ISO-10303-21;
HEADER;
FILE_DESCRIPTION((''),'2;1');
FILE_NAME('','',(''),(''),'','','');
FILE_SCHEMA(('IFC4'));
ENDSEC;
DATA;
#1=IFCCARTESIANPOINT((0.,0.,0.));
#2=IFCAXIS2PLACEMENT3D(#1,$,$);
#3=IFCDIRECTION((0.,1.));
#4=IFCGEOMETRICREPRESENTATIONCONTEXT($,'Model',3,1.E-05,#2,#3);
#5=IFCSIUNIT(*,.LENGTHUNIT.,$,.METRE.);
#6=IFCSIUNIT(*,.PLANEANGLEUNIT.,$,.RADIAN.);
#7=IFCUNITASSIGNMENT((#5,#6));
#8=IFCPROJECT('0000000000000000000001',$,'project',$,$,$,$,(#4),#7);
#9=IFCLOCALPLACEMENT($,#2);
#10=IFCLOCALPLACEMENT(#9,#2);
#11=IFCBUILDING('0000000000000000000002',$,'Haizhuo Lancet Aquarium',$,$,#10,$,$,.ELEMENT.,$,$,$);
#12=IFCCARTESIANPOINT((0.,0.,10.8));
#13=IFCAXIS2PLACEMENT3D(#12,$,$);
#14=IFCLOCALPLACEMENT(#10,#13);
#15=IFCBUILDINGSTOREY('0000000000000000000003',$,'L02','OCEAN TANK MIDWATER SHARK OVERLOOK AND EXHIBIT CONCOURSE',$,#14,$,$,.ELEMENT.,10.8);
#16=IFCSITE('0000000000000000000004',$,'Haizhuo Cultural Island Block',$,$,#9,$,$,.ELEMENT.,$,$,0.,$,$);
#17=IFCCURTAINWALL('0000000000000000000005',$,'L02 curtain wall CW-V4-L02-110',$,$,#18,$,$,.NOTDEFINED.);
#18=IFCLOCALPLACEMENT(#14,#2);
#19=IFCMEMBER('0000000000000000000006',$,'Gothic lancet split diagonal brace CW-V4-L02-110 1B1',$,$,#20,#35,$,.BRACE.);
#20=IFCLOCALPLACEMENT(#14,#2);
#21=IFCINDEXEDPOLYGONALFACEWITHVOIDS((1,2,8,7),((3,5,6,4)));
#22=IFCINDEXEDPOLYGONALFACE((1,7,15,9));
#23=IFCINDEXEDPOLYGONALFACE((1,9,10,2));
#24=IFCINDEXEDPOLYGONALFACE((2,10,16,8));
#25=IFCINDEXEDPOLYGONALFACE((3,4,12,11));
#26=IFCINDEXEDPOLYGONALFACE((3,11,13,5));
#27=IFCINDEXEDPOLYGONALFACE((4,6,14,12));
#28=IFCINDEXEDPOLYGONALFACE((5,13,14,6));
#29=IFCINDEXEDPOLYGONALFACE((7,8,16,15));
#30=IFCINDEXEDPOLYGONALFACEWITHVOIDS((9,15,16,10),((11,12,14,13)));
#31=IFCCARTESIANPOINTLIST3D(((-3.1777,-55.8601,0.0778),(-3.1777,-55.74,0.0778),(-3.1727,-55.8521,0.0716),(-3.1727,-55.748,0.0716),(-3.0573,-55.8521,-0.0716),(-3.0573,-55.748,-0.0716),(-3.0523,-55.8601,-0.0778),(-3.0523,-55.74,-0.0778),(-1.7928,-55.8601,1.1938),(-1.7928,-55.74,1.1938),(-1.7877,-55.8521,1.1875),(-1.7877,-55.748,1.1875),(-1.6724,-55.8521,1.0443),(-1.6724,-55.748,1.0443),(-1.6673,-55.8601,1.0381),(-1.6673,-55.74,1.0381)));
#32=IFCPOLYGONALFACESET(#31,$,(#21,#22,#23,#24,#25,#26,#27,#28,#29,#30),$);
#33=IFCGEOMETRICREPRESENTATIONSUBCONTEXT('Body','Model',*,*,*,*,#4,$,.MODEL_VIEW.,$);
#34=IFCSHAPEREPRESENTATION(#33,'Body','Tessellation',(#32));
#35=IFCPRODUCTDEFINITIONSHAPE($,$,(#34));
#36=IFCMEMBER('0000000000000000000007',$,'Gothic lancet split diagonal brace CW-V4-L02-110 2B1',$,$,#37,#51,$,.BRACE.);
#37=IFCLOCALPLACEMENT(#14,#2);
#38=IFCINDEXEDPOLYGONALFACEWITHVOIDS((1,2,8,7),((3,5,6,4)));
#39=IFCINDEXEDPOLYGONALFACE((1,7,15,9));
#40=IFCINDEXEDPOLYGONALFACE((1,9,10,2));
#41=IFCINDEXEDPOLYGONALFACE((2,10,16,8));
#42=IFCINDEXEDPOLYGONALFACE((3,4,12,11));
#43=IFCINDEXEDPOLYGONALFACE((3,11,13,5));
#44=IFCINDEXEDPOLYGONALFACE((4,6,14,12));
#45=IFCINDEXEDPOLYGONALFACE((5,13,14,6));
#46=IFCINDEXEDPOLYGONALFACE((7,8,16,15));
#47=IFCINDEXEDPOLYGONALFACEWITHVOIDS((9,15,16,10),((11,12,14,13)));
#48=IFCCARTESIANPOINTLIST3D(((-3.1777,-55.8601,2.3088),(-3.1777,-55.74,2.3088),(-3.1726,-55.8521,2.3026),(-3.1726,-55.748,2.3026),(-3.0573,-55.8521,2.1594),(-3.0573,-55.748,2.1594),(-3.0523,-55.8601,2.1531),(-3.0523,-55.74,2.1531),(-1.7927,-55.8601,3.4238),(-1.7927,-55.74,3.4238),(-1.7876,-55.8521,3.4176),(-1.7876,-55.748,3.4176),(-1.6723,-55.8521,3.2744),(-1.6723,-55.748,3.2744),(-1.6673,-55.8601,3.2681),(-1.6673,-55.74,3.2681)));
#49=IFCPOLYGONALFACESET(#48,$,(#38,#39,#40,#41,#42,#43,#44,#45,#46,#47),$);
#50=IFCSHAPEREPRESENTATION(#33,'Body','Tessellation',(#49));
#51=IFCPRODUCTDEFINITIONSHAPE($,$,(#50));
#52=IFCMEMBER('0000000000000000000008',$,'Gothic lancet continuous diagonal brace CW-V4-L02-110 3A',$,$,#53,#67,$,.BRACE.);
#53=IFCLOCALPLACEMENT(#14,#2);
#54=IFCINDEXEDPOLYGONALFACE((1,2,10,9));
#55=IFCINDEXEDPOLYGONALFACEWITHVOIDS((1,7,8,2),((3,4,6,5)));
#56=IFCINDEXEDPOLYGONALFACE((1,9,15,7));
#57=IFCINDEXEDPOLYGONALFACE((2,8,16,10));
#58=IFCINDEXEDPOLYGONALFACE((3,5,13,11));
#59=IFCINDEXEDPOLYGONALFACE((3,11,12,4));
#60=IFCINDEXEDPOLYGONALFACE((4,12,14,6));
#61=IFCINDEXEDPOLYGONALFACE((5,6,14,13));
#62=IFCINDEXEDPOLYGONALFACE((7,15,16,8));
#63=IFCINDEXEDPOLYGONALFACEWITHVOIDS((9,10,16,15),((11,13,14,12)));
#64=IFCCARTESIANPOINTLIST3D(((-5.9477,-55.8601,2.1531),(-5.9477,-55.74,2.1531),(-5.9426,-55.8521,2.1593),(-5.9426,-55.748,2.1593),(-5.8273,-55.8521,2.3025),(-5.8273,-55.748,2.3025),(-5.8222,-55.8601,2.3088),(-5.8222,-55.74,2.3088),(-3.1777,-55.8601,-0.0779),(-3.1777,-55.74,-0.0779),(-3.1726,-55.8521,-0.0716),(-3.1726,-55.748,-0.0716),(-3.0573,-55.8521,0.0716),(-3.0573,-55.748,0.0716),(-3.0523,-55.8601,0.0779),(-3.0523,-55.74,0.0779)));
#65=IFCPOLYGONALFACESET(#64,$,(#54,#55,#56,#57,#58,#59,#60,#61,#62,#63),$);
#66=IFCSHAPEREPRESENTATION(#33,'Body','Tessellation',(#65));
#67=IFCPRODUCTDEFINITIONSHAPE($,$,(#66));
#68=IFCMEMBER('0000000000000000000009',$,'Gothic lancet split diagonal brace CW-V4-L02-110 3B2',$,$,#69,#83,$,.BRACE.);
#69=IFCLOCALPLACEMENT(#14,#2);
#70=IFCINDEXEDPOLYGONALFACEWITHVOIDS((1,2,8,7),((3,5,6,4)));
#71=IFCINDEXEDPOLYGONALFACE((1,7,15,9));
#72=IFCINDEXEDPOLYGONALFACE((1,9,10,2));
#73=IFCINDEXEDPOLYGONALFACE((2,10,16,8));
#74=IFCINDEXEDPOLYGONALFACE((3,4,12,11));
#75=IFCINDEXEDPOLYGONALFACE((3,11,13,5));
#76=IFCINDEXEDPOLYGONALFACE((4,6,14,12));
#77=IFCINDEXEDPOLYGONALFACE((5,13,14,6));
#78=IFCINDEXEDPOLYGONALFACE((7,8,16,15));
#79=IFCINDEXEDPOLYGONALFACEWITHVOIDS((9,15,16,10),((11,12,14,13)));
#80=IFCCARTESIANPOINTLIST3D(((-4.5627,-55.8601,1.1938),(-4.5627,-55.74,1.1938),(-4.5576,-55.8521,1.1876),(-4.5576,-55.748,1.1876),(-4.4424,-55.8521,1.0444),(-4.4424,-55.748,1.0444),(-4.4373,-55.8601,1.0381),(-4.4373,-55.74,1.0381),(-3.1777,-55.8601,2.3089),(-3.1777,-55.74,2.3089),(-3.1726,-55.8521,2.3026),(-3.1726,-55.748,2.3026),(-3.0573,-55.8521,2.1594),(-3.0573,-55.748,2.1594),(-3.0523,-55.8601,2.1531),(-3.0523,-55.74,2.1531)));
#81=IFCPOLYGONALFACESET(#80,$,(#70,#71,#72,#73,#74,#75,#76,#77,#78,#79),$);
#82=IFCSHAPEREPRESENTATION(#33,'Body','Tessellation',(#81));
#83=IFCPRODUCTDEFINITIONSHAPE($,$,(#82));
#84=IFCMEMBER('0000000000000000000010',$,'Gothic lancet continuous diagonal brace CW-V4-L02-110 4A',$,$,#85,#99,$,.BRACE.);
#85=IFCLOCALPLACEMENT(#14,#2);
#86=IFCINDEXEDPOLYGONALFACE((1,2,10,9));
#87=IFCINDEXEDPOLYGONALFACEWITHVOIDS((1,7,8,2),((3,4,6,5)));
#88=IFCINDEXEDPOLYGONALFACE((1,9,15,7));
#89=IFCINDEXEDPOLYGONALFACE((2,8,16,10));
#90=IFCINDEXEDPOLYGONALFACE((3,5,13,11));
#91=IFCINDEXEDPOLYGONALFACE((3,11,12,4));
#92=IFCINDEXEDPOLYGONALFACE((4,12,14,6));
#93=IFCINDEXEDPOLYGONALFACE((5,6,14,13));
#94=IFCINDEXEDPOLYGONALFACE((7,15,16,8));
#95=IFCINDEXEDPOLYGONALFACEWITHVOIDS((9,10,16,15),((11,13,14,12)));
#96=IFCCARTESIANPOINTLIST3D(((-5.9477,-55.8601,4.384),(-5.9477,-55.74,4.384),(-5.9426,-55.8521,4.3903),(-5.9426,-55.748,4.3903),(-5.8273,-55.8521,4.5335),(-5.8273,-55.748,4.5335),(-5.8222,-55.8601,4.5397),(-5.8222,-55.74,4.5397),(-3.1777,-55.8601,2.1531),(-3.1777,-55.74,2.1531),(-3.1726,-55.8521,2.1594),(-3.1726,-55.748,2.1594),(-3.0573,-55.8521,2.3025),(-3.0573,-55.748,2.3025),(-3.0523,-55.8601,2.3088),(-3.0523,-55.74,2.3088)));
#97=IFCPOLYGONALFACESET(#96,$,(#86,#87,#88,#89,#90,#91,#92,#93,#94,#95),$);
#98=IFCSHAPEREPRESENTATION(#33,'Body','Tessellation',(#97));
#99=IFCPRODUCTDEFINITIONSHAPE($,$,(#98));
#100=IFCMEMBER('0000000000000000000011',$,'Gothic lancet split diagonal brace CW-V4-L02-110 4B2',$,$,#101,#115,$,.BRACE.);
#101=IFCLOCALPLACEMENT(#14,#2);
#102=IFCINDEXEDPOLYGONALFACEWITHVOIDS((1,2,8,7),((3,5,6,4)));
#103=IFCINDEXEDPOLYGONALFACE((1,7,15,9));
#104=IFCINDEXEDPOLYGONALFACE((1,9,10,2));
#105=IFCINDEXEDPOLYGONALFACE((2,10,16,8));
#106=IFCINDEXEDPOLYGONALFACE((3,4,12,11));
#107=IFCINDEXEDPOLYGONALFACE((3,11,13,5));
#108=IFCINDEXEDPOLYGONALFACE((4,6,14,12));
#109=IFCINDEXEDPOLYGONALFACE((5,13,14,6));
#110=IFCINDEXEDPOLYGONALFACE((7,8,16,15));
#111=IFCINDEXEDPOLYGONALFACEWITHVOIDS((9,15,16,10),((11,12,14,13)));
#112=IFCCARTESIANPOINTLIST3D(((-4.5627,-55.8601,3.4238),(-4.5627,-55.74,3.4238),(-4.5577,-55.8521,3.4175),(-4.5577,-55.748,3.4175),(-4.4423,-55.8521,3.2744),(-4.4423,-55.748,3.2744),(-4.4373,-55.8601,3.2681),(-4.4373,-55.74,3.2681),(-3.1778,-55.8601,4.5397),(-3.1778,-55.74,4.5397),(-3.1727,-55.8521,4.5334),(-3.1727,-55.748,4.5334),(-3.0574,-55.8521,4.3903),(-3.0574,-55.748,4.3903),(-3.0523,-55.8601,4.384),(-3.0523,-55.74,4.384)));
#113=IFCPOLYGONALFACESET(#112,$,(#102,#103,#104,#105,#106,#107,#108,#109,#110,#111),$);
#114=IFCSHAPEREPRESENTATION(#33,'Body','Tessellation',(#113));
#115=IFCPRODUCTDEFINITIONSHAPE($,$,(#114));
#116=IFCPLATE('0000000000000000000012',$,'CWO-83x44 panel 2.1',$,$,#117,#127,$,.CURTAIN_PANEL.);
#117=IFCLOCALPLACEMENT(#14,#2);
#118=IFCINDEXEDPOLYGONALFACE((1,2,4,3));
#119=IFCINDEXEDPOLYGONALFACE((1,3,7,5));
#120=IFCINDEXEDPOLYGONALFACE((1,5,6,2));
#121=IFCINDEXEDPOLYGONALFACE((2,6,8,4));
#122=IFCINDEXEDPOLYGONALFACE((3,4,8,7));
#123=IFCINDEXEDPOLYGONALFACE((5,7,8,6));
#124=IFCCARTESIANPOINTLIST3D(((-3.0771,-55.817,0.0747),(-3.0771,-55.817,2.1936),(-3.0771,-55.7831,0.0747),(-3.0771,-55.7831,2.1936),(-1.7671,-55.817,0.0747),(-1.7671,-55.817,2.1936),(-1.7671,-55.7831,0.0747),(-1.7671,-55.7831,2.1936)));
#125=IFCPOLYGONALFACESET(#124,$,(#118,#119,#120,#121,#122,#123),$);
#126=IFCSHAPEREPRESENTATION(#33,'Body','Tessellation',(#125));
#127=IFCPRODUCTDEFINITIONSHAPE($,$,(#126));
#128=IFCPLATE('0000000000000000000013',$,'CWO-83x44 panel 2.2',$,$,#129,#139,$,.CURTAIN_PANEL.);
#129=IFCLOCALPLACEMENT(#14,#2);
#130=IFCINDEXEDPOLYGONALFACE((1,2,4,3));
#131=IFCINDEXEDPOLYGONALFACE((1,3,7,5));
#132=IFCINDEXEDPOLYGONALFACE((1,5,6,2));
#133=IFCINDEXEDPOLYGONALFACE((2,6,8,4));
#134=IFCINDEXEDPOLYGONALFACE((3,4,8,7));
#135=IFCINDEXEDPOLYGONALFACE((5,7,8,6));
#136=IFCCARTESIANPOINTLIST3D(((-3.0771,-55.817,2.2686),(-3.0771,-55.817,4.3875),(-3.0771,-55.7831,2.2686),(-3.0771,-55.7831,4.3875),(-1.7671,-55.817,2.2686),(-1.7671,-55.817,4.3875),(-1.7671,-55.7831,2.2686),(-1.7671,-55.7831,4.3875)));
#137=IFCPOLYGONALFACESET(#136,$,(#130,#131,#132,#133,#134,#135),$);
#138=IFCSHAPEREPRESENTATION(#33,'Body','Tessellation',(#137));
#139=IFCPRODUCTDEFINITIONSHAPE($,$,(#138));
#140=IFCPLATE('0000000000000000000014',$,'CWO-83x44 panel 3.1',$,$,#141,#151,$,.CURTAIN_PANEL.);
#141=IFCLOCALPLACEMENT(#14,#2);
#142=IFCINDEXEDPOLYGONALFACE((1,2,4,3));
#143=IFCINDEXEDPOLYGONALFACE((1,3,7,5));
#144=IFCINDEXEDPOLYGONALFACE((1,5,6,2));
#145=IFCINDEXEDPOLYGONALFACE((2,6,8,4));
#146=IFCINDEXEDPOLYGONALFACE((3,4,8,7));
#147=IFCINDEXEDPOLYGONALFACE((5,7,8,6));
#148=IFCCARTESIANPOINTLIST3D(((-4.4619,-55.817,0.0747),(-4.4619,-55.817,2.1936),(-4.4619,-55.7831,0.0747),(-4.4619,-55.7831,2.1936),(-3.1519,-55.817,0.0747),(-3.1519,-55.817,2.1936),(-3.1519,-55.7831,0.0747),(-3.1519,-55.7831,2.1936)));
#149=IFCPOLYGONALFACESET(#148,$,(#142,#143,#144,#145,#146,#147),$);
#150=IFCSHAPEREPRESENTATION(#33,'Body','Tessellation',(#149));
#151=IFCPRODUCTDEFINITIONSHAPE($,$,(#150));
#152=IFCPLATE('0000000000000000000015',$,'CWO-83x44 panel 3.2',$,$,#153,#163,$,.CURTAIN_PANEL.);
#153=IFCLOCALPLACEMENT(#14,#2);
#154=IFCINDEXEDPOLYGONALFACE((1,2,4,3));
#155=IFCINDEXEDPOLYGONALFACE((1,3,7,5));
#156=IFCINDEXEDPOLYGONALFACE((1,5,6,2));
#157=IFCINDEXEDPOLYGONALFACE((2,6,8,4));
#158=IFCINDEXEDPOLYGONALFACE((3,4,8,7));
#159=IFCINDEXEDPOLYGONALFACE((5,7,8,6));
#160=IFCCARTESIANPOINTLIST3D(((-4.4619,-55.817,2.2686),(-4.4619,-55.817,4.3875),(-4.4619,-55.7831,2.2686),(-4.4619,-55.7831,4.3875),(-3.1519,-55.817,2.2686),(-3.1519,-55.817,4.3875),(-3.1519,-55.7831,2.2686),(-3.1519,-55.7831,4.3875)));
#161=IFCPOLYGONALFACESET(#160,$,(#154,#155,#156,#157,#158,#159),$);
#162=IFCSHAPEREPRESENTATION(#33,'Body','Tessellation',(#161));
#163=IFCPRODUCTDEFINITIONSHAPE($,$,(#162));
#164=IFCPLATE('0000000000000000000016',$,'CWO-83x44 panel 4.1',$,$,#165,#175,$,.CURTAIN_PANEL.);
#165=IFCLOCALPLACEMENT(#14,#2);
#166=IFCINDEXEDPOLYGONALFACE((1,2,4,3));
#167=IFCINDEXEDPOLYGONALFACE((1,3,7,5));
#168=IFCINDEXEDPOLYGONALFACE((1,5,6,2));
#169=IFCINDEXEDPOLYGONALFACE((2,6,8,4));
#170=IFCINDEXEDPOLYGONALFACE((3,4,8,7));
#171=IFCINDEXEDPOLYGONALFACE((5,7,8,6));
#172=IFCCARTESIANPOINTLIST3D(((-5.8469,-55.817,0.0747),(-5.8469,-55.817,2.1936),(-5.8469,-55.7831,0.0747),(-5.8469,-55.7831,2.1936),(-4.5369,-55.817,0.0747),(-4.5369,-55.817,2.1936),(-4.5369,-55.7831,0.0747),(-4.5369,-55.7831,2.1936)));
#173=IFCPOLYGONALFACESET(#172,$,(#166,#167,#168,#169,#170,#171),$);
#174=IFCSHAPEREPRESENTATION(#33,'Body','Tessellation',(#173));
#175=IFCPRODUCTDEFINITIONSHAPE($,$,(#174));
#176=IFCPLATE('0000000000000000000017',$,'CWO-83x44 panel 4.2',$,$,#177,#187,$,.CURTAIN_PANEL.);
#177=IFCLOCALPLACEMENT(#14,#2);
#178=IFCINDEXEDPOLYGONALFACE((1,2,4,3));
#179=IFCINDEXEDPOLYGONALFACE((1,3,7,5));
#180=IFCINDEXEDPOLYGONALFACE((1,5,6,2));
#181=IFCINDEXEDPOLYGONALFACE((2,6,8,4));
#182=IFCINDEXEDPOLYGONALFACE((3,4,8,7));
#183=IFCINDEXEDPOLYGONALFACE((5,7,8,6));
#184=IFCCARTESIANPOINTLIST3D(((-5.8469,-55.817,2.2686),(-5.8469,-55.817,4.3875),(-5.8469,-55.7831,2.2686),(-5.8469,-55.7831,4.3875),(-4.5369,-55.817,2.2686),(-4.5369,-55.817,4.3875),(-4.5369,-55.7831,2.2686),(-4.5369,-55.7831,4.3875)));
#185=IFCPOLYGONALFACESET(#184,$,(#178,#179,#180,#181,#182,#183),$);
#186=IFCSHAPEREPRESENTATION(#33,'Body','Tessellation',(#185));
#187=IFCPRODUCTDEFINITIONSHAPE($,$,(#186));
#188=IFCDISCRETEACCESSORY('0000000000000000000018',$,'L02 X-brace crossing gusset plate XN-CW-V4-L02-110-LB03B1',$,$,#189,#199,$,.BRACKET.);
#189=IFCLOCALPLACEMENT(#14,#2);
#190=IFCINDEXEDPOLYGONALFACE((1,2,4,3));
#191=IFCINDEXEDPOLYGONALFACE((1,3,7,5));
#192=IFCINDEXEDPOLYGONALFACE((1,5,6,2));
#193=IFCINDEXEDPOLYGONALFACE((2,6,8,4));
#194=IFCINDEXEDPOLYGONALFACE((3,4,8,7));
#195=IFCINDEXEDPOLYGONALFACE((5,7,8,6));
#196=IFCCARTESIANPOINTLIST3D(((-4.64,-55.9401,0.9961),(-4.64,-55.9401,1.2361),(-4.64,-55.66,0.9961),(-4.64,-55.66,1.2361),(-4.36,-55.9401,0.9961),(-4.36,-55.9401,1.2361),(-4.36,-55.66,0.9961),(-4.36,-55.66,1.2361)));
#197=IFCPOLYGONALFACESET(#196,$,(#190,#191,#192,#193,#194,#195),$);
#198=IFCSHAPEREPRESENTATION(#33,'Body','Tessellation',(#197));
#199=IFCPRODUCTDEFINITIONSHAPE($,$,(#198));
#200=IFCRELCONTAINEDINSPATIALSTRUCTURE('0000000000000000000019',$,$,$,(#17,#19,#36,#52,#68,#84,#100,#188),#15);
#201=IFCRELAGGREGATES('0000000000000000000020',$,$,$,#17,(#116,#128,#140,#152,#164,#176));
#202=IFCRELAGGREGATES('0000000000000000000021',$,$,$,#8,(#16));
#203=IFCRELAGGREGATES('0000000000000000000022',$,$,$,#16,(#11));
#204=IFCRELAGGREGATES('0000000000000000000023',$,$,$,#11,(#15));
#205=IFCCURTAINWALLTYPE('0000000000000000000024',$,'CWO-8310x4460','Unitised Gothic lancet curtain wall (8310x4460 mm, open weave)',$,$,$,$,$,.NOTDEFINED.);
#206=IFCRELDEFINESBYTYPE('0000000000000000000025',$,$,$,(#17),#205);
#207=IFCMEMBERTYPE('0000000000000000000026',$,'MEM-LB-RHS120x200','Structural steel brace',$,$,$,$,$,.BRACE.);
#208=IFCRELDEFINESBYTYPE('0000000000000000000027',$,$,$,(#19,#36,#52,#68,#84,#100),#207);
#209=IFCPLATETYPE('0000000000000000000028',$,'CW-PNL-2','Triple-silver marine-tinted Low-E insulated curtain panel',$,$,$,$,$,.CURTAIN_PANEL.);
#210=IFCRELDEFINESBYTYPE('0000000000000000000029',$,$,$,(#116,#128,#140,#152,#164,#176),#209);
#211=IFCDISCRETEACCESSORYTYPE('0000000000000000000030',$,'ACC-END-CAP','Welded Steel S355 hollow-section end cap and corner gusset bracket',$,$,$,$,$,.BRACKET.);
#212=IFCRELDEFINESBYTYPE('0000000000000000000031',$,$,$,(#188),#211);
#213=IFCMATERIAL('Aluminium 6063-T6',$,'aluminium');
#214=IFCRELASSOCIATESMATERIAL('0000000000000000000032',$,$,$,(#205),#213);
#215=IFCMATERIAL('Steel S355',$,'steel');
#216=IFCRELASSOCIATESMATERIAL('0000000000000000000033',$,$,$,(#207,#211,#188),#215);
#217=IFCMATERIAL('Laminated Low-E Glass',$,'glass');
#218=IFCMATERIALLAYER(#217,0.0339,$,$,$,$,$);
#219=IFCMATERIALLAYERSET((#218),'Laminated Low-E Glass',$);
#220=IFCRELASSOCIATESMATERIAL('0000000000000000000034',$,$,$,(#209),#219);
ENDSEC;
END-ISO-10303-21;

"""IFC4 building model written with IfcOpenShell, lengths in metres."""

from ifc_helpers import new_model, si_unit, direction, frame, origin, origin_2d, place, context, subcontext, project, spatial, rectangle, hollow_rectangle, extrude, material, layer, layer_set, material_profile, profile_set, type_object, element, aggregate, save


model = new_model("IFC4")

# Units and contexts
model_context = context("Model", 3, precision=1e-05, world=origin(), true_north=direction((0.0, 1.0)))
body_context = subcontext(model_context, "Body", "Model", "MODEL_VIEW")
ifc_project = project(units=[si_unit("LENGTHUNIT", "METRE"), si_unit("PLANEANGLEUNIT", "RADIAN")], contexts=[model_context])

# Site, building, storey
site_placement = place(None, origin())
site = spatial("IfcSite", under=ifc_project, at=site_placement, Name="Haizhuo Cultural Island Block", CompositionType="ELEMENT", RefElevation=0.0)
building_placement = place(site_placement, origin())
building = spatial("IfcBuilding", under=site, at=building_placement, Name="Haizhuo Lancet Aquarium", CompositionType="ELEMENT")
storey_placement = place(building_placement, frame((0.0, 0.0, 10.8)))
storey = spatial("IfcBuildingStorey", under=building, at=storey_placement, Name="L02", Description="OCEAN TANK MIDWATER SHARK OVERLOOK AND EXHIBIT CONCOURSE", CompositionType="ELEMENT", Elevation=10.8)

# Curtain wall
ifc_material_1 = material(Name="Aluminium 6063-T6", Category="aluminium")
curtain_wall_type = type_object("IfcCurtainWallType", Name="CWO-8310x4460", Description="Unitised Gothic lancet curtain wall (8310x4460 mm, open weave)", PredefinedType="NOTDEFINED", material=ifc_material_1)
curtain_wall_placement = place(storey_placement, origin())
curtain_wall = element("IfcCurtainWall", 1, at=curtain_wall_placement, inside=storey, type_object=curtain_wall_type, Name="L02 curtain wall CW-V4-L02-110", PredefinedType="NOTDEFINED")

# Members
ifc_material_2 = material(Name="Steel S355", Category="steel")
ifc_material_profile_1 = material_profile(ifc_material_2, hollow_rectangle(XDim=0.1201, YDim=0.2, WallThickness=0.0081, at=origin_2d()), Name="RHS 120x200x8")
ifc_profile_set_1 = profile_set([ifc_material_profile_1], Name="Steel S355")
member_type_1 = type_object("IfcMemberType", Name="MEM-LB-RHS120x200", Description="Structural steel brace", PredefinedType="BRACE", material=ifc_profile_set_1)
member_1_placement = place(storey_placement, frame((-3.115, -55.8, 0.0), z_axis=(0.778681, 0.0, 0.62742), x_axis=(0.0, 1.0, 0.0)))
element("IfcMember", 2, at=member_1_placement, inside=storey, type_object=member_type_1, Name="Gothic lancet split diagonal brace CW-V4-L02-110 1B1", PredefinedType="BRACE", context=body_context, shape_type="SweptSolid", body=[
    extrude(hollow_rectangle(XDim=0.1201, YDim=0.2, WallThickness=0.0081, at=origin_2d()), origin(), (0.0, 0.0, 1.0), 1.7786),
])
member_2_placement = place(storey_placement, frame((-3.115, -55.8, 2.231), z_axis=(0.77895, 0.0, 0.627087), x_axis=(0.0, 1.0, 0.0)))
element("IfcMember", 3, at=member_2_placement, inside=storey, type_object=member_type_1, Name="Gothic lancet split diagonal brace CW-V4-L02-110 2B1", PredefinedType="BRACE", context=body_context, shape_type="SweptSolid", body=[
    extrude(hollow_rectangle(XDim=0.1201, YDim=0.2, WallThickness=0.0081, at=origin_2d()), origin(), (0.0, 0.0, 1.0), 1.7781),
])
member_3_placement = place(storey_placement, frame((-3.115, -55.8, 0.0), z_axis=(-0.778815, 0.0, 0.627253), x_axis=(0.0, -1.0, 0.0)))
element("IfcMember", 4, at=member_3_placement, inside=storey, type_object=member_type_1, Name="Gothic lancet continuous diagonal brace CW-V4-L02-110 3A", PredefinedType="BRACE", context=body_context, shape_type="SweptSolid", body=[
    extrude(hollow_rectangle(XDim=0.1201, YDim=0.2, WallThickness=0.0081, at=origin_2d()), origin(), (0.0, 0.0, 1.0), 3.5566),
])
member_4_placement = place(storey_placement, frame((-4.5, -55.8, 1.116), z_axis=(0.77895, 0.0, 0.627087), x_axis=(0.0, 1.0, 0.0)))
element("IfcMember", 5, at=member_4_placement, inside=storey, type_object=member_type_1, Name="Gothic lancet split diagonal brace CW-V4-L02-110 3B2", PredefinedType="BRACE", context=body_context, shape_type="SweptSolid", body=[
    extrude(hollow_rectangle(XDim=0.1201, YDim=0.2, WallThickness=0.0081, at=origin_2d()), origin(), (0.0, 0.0, 1.0), 1.7781),
])
member_5_placement = place(storey_placement, frame((-3.115, -55.8, 2.231), z_axis=(-0.778815, 0.0, 0.627253), x_axis=(0.0, -1.0, 0.0)))
element("IfcMember", 6, at=member_5_placement, inside=storey, type_object=member_type_1, Name="Gothic lancet continuous diagonal brace CW-V4-L02-110 4A", PredefinedType="BRACE", context=body_context, shape_type="SweptSolid", body=[
    extrude(hollow_rectangle(XDim=0.1201, YDim=0.2, WallThickness=0.0081, at=origin_2d()), origin(), (0.0, 0.0, 1.0), 3.5566),
])
member_6_placement = place(storey_placement, frame((-4.5, -55.8, 3.3459), z_axis=(0.778681, 0.0, 0.62742), x_axis=(0.0, 1.0, 0.0)))
element("IfcMember", 7, at=member_6_placement, inside=storey, type_object=member_type_1, Name="Gothic lancet split diagonal brace CW-V4-L02-110 4B2", PredefinedType="BRACE", context=body_context, shape_type="SweptSolid", body=[
    extrude(hollow_rectangle(XDim=0.1201, YDim=0.2, WallThickness=0.0081, at=origin_2d()), origin(), (0.0, 0.0, 1.0), 1.7786),
])

# Plates
ifc_material_3 = material(Name="Laminated Low-E Glass", Category="glass")
ifc_layer = layer(ifc_material_3, 0.0339)
ifc_layer_set = layer_set([ifc_layer], Name="Laminated Low-E Glass")
plate_type = type_object("IfcPlateType", Name="CW-PNL-2", Description="Triple-silver marine-tinted Low-E insulated curtain panel", PredefinedType="CURTAIN_PANEL", material=ifc_layer_set)
plate_1_placement = place(storey_placement, frame((-2.4221, -55.8, 0.0747), z_axis=(0.0, 0.0, 1.0), x_axis=(-1.0, 0.0, 0.0)))
plate_1 = element("IfcPlate", 8, at=plate_1_placement, type_object=plate_type, Name="CWO-83x44 panel 2.1", PredefinedType="CURTAIN_PANEL", context=body_context, shape_type="SweptSolid", body=[
    extrude(rectangle(XDim=1.3101, YDim=0.0339, at=origin_2d()), origin(), (0.0, 0.0, 1.0), 2.1189),
])
plate_2_placement = place(storey_placement, frame((-2.4221, -55.8, 2.2686), z_axis=(0.0, 0.0, 1.0), x_axis=(-1.0, 0.0, 0.0)))
plate_2 = element("IfcPlate", 9, at=plate_2_placement, type_object=plate_type, Name="CWO-83x44 panel 2.2", PredefinedType="CURTAIN_PANEL", context=body_context, shape_type="SweptSolid", body=[
    extrude(rectangle(XDim=1.3101, YDim=0.0339, at=origin_2d()), origin(), (0.0, 0.0, 1.0), 2.1189),
])
plate_3_placement = place(storey_placement, frame((-3.8069, -55.8, 0.0747), z_axis=(0.0, 0.0, 1.0), x_axis=(-1.0, 0.0, 0.0)))
plate_3 = element("IfcPlate", 10, at=plate_3_placement, type_object=plate_type, Name="CWO-83x44 panel 3.1", PredefinedType="CURTAIN_PANEL", context=body_context, shape_type="SweptSolid", body=[
    extrude(rectangle(XDim=1.3101, YDim=0.0339, at=origin_2d()), origin(), (0.0, 0.0, 1.0), 2.1189),
])
plate_4_placement = place(storey_placement, frame((-3.8069, -55.8, 2.2686), z_axis=(0.0, 0.0, 1.0), x_axis=(-1.0, 0.0, 0.0)))
plate_4 = element("IfcPlate", 11, at=plate_4_placement, type_object=plate_type, Name="CWO-83x44 panel 3.2", PredefinedType="CURTAIN_PANEL", context=body_context, shape_type="SweptSolid", body=[
    extrude(rectangle(XDim=1.3101, YDim=0.0339, at=origin_2d()), origin(), (0.0, 0.0, 1.0), 2.1189),
])
plate_5_placement = place(storey_placement, frame((-5.1919, -55.8, 0.0747), z_axis=(0.0, 0.0, 1.0), x_axis=(-1.0, 0.0, 0.0)))
plate_5 = element("IfcPlate", 12, at=plate_5_placement, type_object=plate_type, Name="CWO-83x44 panel 4.1", PredefinedType="CURTAIN_PANEL", context=body_context, shape_type="SweptSolid", body=[
    extrude(rectangle(XDim=1.3101, YDim=0.0339, at=origin_2d()), origin(), (0.0, 0.0, 1.0), 2.1189),
])
plate_6_placement = place(storey_placement, frame((-5.1919, -55.8, 2.2686), z_axis=(0.0, 0.0, 1.0), x_axis=(-1.0, 0.0, 0.0)))
plate_6 = element("IfcPlate", 13, at=plate_6_placement, type_object=plate_type, Name="CWO-83x44 panel 4.2", PredefinedType="CURTAIN_PANEL", context=body_context, shape_type="SweptSolid", body=[
    extrude(rectangle(XDim=1.3101, YDim=0.0339, at=origin_2d()), origin(), (0.0, 0.0, 1.0), 2.1189),
])
aggregate(curtain_wall, [plate_1, plate_2, plate_3, plate_4, plate_5, plate_6])

# Discrete accessory
discrete_accessory_type = type_object("IfcDiscreteAccessoryType", Name="ACC-END-CAP", Description="Welded Steel S355 hollow-section end cap and corner gusset bracket", PredefinedType="BRACKET", material=ifc_material_2)
for number, where, z_axis, x_axis, name in (
    (14, (-4.5, -55.8, 0.9961), (0.0, 0.0, 1.0), (1.0, 0.0, 0.0), "L02 X-brace crossing gusset plate XN-CW-V4-L02-110-LB03B1"),
):
    element("IfcDiscreteAccessory", number, at=place(storey_placement, frame(where, z_axis=z_axis, x_axis=x_axis)), inside=storey, type_object=discrete_accessory_type, material=ifc_material_2, Name=name, PredefinedType="BRACKET", context=body_context, shape_type="SweptSolid", body=[
        extrude(rectangle(XDim=0.28, YDim=0.28, at=origin_2d()), origin(), (0.0, 0.0, 1.0), 0.24),
    ])

save(model, "model.ifc")
